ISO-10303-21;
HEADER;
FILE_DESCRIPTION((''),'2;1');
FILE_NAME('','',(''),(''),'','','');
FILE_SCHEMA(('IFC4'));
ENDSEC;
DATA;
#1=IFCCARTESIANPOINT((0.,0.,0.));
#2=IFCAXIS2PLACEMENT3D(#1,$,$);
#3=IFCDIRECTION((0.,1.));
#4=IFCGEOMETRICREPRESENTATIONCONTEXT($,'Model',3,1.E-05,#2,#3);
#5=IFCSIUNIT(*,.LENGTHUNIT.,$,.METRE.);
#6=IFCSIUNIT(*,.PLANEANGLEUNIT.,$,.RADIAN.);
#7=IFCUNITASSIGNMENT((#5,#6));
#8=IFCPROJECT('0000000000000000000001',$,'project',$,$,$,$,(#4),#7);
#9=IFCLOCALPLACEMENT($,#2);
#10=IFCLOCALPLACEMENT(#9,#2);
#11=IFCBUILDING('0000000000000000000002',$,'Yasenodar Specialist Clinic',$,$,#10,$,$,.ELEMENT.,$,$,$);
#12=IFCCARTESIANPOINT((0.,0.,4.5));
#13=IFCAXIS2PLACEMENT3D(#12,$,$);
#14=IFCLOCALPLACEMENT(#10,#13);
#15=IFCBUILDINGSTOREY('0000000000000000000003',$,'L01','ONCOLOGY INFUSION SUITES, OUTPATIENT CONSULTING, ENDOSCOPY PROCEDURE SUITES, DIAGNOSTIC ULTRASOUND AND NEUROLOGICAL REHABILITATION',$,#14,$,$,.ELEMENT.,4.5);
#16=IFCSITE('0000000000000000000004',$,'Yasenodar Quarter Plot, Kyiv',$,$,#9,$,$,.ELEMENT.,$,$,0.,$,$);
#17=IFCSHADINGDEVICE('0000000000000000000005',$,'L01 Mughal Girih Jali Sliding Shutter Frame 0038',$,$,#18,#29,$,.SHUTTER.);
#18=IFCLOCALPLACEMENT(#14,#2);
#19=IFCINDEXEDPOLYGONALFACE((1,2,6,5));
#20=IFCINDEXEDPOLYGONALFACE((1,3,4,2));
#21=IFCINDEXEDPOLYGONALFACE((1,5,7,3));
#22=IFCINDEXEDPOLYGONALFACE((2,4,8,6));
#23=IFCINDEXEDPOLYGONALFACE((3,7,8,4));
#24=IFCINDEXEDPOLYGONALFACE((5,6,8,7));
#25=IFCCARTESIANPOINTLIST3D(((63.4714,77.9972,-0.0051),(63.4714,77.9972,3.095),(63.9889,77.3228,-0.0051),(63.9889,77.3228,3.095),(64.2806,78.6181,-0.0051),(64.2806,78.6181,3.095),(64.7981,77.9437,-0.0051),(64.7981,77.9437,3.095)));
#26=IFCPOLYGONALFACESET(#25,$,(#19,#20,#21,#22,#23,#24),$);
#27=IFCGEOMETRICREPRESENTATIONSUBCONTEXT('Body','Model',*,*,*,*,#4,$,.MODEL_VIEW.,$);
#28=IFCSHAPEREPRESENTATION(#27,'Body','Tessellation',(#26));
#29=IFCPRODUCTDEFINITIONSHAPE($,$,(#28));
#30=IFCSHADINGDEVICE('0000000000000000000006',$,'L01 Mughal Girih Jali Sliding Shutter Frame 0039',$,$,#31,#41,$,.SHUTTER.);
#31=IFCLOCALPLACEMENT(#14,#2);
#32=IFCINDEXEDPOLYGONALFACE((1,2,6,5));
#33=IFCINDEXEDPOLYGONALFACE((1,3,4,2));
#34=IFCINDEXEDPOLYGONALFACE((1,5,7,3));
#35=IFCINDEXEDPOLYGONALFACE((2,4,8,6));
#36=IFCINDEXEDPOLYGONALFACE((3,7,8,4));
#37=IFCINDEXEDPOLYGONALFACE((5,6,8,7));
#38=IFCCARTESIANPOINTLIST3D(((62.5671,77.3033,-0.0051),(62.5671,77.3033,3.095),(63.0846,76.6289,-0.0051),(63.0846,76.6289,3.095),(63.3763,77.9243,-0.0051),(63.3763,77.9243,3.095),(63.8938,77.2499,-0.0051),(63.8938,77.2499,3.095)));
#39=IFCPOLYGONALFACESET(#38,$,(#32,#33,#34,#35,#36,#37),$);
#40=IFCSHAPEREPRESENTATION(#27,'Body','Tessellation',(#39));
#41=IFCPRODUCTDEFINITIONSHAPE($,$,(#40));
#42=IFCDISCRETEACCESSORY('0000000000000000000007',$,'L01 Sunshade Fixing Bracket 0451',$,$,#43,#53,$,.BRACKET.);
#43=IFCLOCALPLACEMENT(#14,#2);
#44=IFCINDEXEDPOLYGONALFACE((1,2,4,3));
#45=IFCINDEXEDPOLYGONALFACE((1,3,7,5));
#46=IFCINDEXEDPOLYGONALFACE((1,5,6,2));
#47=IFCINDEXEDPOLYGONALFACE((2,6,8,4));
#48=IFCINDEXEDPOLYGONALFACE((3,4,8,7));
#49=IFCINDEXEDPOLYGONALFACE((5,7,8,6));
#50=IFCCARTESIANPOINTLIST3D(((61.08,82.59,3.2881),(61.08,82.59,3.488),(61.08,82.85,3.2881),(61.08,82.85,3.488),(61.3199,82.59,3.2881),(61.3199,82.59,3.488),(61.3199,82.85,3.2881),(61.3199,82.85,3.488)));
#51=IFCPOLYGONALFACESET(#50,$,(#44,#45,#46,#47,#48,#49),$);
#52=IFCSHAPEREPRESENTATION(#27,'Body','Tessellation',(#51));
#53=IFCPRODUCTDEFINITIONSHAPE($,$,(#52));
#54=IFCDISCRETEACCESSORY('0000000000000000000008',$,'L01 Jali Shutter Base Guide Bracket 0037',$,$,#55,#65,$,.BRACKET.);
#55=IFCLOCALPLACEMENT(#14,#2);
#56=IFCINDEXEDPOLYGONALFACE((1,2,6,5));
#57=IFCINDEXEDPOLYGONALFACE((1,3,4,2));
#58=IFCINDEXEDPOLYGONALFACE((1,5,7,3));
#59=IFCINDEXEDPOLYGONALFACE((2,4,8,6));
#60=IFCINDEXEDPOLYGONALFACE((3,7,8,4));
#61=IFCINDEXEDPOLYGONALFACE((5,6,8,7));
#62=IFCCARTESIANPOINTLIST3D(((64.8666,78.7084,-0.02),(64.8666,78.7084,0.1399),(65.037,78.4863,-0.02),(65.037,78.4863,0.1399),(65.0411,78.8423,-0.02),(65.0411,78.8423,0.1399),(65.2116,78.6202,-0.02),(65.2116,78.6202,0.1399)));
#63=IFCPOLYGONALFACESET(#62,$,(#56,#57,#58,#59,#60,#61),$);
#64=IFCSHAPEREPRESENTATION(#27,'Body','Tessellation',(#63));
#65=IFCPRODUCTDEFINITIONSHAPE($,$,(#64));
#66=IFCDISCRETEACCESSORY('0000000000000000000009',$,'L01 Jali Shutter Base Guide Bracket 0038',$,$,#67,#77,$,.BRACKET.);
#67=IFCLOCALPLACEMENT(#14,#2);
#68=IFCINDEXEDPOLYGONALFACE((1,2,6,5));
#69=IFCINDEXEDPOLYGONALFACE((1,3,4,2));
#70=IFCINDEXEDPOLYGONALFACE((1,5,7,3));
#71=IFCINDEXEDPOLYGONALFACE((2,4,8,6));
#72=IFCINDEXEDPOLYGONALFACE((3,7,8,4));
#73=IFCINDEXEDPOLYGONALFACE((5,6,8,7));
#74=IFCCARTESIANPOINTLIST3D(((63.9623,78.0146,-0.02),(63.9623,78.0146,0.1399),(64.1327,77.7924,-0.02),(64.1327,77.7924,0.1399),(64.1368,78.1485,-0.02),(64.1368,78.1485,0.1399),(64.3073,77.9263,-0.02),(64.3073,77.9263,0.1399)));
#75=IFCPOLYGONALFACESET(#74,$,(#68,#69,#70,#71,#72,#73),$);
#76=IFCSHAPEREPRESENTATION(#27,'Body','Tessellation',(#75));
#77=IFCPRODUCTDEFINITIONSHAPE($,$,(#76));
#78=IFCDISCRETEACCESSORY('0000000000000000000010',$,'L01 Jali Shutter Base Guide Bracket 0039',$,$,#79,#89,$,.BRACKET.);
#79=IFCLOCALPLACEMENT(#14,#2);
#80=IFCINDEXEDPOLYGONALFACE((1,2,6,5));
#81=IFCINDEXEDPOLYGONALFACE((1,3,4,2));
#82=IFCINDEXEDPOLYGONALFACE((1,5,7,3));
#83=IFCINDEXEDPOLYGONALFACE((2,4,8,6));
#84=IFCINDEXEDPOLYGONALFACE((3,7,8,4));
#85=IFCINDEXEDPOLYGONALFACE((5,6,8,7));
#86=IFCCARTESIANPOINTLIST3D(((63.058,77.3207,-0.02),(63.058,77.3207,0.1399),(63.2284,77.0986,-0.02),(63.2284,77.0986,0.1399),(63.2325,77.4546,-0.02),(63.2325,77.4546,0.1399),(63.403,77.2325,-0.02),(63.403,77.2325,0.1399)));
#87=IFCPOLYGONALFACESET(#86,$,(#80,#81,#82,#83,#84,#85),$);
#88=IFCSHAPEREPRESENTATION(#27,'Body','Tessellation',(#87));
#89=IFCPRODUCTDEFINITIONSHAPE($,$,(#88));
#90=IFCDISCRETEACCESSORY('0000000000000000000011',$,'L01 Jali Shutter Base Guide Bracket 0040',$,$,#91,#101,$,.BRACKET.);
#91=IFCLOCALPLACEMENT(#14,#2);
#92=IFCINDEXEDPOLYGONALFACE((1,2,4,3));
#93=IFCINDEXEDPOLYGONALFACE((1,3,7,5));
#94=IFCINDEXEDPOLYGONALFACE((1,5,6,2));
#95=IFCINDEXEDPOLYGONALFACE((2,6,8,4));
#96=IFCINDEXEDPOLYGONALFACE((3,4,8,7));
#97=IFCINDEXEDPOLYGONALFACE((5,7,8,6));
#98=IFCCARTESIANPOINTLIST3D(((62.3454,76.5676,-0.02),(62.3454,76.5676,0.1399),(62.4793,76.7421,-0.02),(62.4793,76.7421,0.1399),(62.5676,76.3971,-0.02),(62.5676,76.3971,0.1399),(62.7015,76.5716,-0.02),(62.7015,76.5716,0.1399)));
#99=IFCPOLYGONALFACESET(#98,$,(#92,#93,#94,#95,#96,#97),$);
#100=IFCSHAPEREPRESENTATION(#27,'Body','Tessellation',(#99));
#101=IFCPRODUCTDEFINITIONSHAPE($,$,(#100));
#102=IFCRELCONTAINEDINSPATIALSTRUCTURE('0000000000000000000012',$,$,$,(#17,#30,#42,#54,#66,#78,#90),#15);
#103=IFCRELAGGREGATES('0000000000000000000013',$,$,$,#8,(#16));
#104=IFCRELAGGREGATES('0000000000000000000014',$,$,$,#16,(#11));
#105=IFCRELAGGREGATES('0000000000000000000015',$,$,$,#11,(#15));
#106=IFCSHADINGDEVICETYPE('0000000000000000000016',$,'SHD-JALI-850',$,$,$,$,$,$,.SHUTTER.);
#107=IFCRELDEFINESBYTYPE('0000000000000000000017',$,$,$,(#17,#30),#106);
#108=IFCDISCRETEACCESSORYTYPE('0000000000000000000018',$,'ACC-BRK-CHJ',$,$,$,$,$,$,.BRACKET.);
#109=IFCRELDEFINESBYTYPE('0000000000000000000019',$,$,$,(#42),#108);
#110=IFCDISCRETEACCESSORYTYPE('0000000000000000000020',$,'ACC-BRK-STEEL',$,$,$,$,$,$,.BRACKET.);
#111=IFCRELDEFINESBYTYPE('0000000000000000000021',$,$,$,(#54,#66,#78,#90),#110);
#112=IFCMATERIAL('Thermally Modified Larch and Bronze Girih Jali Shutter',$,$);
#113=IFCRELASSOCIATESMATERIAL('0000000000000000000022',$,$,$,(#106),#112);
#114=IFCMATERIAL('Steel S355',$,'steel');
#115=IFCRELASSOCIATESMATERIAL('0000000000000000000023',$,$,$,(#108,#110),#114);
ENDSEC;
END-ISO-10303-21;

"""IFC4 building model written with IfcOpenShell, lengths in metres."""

from ifc_helpers import new_model, si_unit, direction, frame, origin, origin_2d, place, context, subcontext, project, spatial, rectangle, extrude, material, type_object, element, save


model = new_model("IFC4")

# Units and contexts
model_context = context("Model", 3, precision=1e-05, world=origin(), true_north=direction((0.0, 1.0)))
body_context = subcontext(model_context, "Body", "Model", "MODEL_VIEW")
ifc_project = project(units=[si_unit("LENGTHUNIT", "METRE"), si_unit("PLANEANGLEUNIT", "RADIAN")], contexts=[model_context])

# Site, building, storey
site_placement = place(None, origin())
site = spatial("IfcSite", under=ifc_project, at=site_placement, Name="Yasenodar Quarter Plot, Kyiv", CompositionType="ELEMENT", RefElevation=0.0)
building_placement = place(site_placement, origin())
building = spatial("IfcBuilding", under=site, at=building_placement, Name="Yasenodar Specialist Clinic", CompositionType="ELEMENT")
storey_placement = place(building_placement, frame((0.0, 0.0, 4.5)))
storey = spatial("IfcBuildingStorey", under=building, at=storey_placement, Name="L01", Description="ONCOLOGY INFUSION SUITES, OUTPATIENT CONSULTING, ENDOSCOPY PROCEDURE SUITES, DIAGNOSTIC ULTRASOUND AND NEUROLOGICAL REHABILITATION", CompositionType="ELEMENT", Elevation=4.5)

# Shared definitions
ifc_material_1 = material(Name="Steel S355", Category="steel")

# Shading devices
ifc_material_2 = material(Name="Thermally Modified Larch and Bronze Girih Jali Shutter")
shading_device_type_1 = type_object("IfcShadingDeviceType", Name="SHD-JALI-850", PredefinedType="SHUTTER", material=ifc_material_2)
for number, where, z_axis, x_axis, name in (
    (1, (64.1348, 77.9705, -0.0051), (0.0, 0.0, 1.0), (-0.793351, -0.608764, 0.0), "L01 Mughal Girih Jali Sliding Shutter Frame 0038"),
    (2, (63.2305, 77.2766, -0.0051), (0.0, 0.0, 1.0), (-0.793351, -0.608764, 0.0), "L01 Mughal Girih Jali Sliding Shutter Frame 0039"),
):
    element("IfcShadingDevice", number, at=place(storey_placement, frame(where, z_axis=z_axis, x_axis=x_axis)), inside=storey, type_object=shading_device_type_1, Name=name, PredefinedType="SHUTTER", context=body_context, shape_type="SweptSolid", body=[
        extrude(rectangle(XDim=1.02, YDim=0.8501, at=origin_2d()), origin(), (0.0, 0.0, 1.0), 3.1001),
    ])

# Discrete accessories
discrete_accessory_type_1 = type_object("IfcDiscreteAccessoryType", Name="ACC-BRK-CHJ", PredefinedType="BRACKET", material=ifc_material_1)
discrete_accessory_placement = place(storey_placement, frame((61.2, 82.72, 3.2881), z_axis=(0.0, 0.0, 1.0), x_axis=(-1.0, 0.0, 0.0)))
element("IfcDiscreteAccessory", 3, at=discrete_accessory_placement, inside=storey, type_object=discrete_accessory_type_1, Name="L01 Sunshade Fixing Bracket 0451", PredefinedType="BRACKET", context=body_context, shape_type="SweptSolid", body=[
    extrude(rectangle(XDim=0.24, YDim=0.26, at=origin_2d()), origin(), (0.0, 0.0, 1.0), 0.2),
])
discrete_accessory_type_2 = type_object("IfcDiscreteAccessoryType", Name="ACC-BRK-STEEL", PredefinedType="BRACKET", material=ifc_material_1)
for number, where, z_axis, x_axis, name in (
    (4, (65.0391, 78.6643, -0.02), (0.0, 0.0, 1.0), (-0.793351, -0.608764, 0.0), "L01 Jali Shutter Base Guide Bracket 0037"),
    (5, (64.1348, 77.9705, -0.02), (0.0, 0.0, 1.0), (-0.793351, -0.608764, 0.0), "L01 Jali Shutter Base Guide Bracket 0038"),
    (6, (63.2305, 77.2766, -0.02), (0.0, 0.0, 1.0), (-0.793351, -0.608764, 0.0), "L01 Jali Shutter Base Guide Bracket 0039"),
    (7, (62.5234, 76.5696, -0.02), (0.0, 0.0, 1.0), (-0.608764, -0.793351, 0.0), "L01 Jali Shutter Base Guide Bracket 0040"),
):
    element("IfcDiscreteAccessory", number, at=place(storey_placement, frame(where, z_axis=z_axis, x_axis=x_axis)), inside=storey, type_object=discrete_accessory_type_2, Name=name, PredefinedType="BRACKET", context=body_context, shape_type="SweptSolid", body=[
        extrude(rectangle(XDim=0.22, YDim=0.28, at=origin_2d()), origin(), (0.0, 0.0, 1.0), 0.1599),
    ])

save(model, "model.ifc")
